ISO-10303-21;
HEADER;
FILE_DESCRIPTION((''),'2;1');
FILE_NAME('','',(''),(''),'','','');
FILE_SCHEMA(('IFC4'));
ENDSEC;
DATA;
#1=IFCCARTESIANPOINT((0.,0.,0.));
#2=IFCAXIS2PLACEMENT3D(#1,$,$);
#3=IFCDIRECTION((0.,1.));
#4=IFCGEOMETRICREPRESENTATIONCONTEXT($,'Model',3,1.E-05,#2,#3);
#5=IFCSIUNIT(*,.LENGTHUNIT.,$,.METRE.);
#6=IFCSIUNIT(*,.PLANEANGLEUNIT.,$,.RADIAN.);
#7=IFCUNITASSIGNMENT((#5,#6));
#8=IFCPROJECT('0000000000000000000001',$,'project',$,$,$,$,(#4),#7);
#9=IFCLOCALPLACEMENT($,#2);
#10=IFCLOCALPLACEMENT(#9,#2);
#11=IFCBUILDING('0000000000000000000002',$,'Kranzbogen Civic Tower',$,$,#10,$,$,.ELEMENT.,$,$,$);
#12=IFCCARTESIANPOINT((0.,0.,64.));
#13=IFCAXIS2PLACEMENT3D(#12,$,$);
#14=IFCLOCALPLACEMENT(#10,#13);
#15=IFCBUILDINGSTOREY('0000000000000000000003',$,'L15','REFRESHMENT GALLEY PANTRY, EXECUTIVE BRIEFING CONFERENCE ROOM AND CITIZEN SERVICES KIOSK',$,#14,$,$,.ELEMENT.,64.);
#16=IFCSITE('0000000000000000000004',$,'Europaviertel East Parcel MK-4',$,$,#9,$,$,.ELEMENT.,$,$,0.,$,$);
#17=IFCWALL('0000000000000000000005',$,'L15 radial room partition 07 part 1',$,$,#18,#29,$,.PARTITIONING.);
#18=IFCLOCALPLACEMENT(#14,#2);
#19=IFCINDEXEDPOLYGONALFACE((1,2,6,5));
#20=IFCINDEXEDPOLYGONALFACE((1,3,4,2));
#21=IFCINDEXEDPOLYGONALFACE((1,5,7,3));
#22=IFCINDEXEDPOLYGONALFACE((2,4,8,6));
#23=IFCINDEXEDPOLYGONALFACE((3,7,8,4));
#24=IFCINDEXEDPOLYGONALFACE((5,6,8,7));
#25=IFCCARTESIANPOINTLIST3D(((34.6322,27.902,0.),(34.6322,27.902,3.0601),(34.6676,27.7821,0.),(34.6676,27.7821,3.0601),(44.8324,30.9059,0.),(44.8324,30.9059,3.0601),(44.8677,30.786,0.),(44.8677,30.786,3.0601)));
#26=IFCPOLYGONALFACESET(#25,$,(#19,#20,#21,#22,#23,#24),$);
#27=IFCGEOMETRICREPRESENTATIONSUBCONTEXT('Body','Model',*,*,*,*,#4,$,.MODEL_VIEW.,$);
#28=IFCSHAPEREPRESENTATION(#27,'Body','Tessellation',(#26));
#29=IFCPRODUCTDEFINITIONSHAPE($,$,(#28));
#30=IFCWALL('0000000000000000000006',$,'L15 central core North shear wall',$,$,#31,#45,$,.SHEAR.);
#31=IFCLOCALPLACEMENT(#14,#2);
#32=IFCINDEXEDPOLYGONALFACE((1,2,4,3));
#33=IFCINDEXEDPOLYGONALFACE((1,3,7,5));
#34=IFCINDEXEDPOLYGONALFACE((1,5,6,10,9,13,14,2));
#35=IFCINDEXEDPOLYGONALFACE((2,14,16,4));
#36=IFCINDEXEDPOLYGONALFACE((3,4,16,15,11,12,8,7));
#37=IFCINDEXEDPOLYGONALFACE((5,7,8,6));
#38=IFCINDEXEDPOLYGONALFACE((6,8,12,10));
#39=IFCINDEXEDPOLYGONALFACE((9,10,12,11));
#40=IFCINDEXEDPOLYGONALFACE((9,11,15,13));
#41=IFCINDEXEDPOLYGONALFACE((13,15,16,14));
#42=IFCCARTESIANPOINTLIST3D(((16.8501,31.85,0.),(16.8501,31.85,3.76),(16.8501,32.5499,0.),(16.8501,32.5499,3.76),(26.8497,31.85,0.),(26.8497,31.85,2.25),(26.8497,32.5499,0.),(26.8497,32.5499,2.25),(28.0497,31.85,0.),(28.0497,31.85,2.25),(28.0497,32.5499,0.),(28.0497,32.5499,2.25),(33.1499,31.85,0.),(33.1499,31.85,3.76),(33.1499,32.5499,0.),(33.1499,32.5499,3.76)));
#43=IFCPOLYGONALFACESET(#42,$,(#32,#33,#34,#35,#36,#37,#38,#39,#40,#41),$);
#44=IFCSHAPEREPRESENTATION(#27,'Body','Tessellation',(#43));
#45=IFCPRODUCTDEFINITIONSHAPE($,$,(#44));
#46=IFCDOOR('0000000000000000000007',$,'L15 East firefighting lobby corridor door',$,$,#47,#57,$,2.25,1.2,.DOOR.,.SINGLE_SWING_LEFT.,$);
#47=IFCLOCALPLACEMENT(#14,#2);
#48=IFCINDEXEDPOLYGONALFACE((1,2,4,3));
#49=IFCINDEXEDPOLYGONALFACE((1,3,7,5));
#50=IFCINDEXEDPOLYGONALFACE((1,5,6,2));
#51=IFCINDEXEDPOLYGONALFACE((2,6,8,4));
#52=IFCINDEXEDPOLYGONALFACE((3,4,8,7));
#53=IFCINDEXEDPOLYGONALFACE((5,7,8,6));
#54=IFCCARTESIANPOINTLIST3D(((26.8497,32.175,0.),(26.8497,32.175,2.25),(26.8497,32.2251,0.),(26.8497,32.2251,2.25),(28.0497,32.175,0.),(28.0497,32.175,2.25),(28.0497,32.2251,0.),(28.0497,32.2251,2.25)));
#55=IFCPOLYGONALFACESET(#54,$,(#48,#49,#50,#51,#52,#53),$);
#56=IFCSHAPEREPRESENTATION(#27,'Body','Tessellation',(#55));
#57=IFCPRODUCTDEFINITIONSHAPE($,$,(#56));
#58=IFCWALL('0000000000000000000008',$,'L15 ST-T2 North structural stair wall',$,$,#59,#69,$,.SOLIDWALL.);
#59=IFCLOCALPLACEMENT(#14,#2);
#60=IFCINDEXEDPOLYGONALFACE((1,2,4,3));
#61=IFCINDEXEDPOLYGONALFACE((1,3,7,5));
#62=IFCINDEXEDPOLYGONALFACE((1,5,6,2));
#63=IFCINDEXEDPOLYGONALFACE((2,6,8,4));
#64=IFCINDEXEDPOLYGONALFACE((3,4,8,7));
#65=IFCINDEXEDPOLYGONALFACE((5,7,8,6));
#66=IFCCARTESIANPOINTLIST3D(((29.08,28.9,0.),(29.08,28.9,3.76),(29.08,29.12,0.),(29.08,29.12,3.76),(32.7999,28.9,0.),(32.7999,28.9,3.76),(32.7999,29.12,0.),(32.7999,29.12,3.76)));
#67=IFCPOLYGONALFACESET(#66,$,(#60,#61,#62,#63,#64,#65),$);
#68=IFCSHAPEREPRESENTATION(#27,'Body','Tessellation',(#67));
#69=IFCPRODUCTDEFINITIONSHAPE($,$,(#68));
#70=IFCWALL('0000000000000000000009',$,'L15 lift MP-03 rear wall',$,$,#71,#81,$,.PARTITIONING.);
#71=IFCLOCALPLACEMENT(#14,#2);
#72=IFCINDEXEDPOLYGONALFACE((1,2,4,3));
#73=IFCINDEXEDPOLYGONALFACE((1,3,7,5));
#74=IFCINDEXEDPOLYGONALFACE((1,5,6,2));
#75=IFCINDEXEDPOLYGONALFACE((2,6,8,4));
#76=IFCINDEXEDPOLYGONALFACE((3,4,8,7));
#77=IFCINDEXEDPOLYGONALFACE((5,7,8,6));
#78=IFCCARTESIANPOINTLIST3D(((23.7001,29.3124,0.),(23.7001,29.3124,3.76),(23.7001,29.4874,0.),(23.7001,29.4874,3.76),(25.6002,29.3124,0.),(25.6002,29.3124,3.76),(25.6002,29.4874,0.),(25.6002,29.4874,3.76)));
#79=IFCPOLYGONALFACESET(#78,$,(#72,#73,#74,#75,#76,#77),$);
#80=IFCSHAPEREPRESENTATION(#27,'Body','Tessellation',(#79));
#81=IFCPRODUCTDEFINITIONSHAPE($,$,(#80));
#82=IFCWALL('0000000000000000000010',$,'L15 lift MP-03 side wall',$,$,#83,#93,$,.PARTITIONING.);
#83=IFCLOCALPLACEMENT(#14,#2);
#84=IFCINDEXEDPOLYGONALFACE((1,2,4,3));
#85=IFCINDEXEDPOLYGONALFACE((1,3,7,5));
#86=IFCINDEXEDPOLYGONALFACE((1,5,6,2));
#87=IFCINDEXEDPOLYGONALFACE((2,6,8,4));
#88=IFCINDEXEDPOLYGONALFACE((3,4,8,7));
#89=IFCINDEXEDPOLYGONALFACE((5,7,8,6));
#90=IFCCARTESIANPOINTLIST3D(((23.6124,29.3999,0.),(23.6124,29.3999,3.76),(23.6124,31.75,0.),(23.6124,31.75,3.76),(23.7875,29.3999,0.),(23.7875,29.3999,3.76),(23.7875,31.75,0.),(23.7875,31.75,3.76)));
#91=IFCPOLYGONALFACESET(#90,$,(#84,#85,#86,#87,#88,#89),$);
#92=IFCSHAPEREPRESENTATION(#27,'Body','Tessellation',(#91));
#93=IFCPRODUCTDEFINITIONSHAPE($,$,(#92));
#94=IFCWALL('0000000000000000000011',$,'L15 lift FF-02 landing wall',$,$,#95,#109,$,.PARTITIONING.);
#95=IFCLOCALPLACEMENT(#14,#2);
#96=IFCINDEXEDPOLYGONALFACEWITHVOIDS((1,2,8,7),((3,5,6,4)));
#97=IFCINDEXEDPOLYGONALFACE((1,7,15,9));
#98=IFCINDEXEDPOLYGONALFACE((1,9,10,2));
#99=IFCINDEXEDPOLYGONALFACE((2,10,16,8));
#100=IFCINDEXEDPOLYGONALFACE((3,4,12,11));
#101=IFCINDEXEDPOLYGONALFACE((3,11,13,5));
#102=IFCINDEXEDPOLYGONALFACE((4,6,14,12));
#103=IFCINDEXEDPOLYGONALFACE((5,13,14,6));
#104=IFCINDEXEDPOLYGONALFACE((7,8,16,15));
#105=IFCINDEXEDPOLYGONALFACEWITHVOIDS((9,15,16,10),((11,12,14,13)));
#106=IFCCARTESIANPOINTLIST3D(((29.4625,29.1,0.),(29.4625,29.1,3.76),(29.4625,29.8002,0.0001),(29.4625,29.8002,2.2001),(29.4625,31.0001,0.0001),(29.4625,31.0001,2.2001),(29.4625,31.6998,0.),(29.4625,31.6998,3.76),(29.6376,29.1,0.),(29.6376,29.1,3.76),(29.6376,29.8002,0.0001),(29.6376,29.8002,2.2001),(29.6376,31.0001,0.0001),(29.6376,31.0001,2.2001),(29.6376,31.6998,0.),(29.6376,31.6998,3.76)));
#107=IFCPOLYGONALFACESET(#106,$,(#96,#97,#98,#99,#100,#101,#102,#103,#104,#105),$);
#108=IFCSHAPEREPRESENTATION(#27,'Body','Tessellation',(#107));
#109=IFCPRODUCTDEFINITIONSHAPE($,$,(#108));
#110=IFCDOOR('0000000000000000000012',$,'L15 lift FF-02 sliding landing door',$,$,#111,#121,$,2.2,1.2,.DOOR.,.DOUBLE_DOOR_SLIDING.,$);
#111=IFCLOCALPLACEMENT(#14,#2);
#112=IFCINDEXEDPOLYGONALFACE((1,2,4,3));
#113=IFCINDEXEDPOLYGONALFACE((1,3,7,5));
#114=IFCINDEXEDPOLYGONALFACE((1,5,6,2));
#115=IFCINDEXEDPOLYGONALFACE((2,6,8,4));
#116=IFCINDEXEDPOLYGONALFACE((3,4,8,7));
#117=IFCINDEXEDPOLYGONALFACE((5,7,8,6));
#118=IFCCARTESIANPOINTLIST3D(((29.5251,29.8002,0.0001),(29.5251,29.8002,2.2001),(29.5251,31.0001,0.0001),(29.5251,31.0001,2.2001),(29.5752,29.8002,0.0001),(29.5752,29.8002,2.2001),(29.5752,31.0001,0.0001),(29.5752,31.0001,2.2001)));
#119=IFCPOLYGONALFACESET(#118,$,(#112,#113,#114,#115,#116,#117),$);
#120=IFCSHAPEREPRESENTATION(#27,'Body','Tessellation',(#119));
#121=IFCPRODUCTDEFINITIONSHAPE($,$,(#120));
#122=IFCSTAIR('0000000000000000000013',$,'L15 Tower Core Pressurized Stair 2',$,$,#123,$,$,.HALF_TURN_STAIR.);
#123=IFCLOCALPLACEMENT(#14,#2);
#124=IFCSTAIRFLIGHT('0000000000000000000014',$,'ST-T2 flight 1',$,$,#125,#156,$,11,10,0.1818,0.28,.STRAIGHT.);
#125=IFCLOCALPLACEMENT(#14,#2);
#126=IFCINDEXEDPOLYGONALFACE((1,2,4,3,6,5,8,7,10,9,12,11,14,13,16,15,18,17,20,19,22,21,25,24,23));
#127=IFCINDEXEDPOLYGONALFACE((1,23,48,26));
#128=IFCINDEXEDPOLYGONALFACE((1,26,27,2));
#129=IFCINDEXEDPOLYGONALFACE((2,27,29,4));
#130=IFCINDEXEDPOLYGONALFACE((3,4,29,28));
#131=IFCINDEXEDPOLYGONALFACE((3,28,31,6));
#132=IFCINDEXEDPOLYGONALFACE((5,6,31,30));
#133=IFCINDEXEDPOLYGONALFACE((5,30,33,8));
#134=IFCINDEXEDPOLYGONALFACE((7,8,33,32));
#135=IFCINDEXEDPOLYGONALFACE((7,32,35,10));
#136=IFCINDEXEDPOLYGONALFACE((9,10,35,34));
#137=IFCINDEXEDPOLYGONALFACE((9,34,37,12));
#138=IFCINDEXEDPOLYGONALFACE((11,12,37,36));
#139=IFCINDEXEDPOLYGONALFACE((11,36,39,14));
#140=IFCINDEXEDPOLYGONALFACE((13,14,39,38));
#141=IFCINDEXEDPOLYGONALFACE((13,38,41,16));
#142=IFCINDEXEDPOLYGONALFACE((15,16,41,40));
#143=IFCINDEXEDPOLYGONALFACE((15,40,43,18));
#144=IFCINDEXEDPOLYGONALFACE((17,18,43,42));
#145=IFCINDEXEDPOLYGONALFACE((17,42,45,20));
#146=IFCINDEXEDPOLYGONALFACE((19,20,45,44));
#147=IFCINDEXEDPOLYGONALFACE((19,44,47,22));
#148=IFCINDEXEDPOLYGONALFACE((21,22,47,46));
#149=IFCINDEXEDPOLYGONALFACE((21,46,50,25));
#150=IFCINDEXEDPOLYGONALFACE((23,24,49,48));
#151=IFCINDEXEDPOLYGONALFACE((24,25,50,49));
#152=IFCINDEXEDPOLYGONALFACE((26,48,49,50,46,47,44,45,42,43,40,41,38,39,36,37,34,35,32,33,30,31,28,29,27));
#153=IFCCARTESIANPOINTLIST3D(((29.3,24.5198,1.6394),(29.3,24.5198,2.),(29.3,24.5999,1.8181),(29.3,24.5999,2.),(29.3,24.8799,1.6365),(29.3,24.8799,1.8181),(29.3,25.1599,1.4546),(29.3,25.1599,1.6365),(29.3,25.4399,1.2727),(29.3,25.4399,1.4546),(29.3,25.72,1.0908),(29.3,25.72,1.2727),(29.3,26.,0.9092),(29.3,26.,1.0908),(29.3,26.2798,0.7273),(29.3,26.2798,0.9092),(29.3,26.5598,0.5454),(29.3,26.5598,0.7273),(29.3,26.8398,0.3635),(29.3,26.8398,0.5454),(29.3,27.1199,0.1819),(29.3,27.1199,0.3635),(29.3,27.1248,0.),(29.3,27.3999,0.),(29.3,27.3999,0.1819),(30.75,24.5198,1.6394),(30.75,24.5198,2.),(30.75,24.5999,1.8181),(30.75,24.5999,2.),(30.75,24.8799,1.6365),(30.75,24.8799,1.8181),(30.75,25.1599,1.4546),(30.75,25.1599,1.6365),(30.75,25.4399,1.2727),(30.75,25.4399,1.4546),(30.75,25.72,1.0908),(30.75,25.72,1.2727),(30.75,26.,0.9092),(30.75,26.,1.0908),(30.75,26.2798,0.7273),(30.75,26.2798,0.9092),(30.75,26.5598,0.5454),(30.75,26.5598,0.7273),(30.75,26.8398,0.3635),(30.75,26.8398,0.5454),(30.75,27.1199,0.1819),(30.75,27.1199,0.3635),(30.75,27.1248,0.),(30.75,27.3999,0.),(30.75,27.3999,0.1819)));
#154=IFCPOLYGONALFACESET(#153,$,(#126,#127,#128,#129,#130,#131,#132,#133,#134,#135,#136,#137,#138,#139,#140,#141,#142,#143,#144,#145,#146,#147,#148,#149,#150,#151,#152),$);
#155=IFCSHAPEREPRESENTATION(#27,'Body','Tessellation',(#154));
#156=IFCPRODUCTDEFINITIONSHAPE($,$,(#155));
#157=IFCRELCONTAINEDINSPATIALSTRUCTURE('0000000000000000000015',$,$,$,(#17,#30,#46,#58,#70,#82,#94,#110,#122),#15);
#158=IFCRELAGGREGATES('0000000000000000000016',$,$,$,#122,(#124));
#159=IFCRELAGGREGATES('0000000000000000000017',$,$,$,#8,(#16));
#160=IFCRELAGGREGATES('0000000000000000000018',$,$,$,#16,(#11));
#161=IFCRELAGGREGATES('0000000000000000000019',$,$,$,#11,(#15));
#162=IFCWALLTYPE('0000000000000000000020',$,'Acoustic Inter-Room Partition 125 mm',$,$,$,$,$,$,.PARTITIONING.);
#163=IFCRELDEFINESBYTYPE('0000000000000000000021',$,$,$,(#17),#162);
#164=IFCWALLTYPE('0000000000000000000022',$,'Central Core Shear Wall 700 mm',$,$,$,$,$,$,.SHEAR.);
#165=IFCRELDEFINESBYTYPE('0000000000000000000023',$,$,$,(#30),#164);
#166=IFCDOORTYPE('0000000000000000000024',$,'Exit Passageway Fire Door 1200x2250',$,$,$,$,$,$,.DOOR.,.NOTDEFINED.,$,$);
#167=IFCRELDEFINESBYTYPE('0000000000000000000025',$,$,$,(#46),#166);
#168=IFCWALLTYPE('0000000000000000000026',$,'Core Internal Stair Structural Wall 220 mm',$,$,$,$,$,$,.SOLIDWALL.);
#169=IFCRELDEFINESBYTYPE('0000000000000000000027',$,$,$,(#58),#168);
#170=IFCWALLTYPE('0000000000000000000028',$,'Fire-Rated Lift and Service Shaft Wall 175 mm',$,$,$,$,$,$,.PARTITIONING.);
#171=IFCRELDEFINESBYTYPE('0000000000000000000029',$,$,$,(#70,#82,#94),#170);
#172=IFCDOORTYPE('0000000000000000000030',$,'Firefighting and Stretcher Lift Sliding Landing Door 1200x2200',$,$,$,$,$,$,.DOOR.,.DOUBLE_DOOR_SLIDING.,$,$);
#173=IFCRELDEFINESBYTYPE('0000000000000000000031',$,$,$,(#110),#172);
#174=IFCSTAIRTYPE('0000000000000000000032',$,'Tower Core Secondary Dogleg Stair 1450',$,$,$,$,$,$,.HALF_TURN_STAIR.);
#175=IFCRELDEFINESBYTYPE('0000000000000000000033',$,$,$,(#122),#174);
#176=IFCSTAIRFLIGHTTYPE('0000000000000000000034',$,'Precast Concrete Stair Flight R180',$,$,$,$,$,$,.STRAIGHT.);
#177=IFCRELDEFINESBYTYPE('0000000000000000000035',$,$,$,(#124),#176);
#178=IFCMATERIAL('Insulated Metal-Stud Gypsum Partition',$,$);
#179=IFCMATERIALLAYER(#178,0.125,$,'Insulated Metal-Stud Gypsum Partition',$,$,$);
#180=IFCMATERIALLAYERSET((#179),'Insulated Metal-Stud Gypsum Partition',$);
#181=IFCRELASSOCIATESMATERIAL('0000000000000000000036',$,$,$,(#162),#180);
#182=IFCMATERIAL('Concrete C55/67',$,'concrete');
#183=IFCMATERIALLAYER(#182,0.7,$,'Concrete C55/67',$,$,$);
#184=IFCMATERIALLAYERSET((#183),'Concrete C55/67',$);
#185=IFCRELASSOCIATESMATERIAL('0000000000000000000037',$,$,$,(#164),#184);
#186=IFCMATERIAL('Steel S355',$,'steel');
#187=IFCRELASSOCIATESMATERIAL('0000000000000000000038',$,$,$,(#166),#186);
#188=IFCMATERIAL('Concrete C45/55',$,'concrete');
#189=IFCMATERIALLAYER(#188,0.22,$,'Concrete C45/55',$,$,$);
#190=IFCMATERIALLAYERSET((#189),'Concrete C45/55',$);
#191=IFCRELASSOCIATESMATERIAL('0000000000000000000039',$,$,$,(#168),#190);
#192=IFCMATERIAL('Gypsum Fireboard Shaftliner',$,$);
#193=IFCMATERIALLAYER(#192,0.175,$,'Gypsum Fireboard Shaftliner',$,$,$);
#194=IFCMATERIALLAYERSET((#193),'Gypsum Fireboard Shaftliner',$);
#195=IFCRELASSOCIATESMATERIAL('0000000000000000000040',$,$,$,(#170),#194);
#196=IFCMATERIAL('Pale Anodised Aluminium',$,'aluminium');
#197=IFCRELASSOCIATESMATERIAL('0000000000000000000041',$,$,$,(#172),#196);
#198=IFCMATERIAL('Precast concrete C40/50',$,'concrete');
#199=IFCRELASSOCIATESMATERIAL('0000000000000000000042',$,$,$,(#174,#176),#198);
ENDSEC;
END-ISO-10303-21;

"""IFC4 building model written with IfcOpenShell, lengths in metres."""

from ifc_helpers import new_model, si_unit, direction, frame, frame_2d, origin, place, context, subcontext, project, spatial, polyline, rectangle, outline, extrude, material, layer, layer_set, type_object, element, fill, aggregate, save


model = new_model("IFC4")

# Units and contexts
model_context = context("Model", 3, precision=1e-05, world=origin(), true_north=direction((0.0, 1.0)))
body_context = subcontext(model_context, "Body", "Model", "MODEL_VIEW")
ifc_project = project(units=[si_unit("LENGTHUNIT", "METRE"), si_unit("PLANEANGLEUNIT", "RADIAN")], contexts=[model_context])

# Site, building, storey
site_placement = place(None, origin())
site = spatial("IfcSite", under=ifc_project, at=site_placement, Name="Europaviertel East Parcel MK-4", CompositionType="ELEMENT", RefElevation=0.0)
building_placement = place(site_placement, origin())
building = spatial("IfcBuilding", under=site, at=building_placement, Name="Kranzbogen Civic Tower", CompositionType="ELEMENT")
storey_placement = place(building_placement, frame((0.0, 0.0, 64.0)))
storey = spatial("IfcBuildingStorey", under=building, at=storey_placement, Name="L15", Description="REFRESHMENT GALLEY PANTRY, EXECUTIVE BRIEFING CONFERENCE ROOM AND CITIZEN SERVICES KIOSK", CompositionType="ELEMENT", Elevation=64.0)

# Shared definitions
ifc_material_1 = material(Name="Steel S355", Category="steel")

# Wall
ifc_material_2 = material(Name="Insulated Metal-Stud Gypsum Partition")
ifc_layer_1 = layer(ifc_material_2, 0.125, Name="Insulated Metal-Stud Gypsum Partition")
ifc_layer_set_1 = layer_set([ifc_layer_1], Name="Insulated Metal-Stud Gypsum Partition")
wall_type_1 = type_object("IfcWallType", Name="Acoustic Inter-Room Partition 125 mm", PredefinedType="PARTITIONING", material=ifc_layer_set_1)
wall_1_placement = place(storey_placement, frame((34.6499, 27.842, 0.0), z_axis=(0.0, 0.0, 1.0), x_axis=(0.959267, 0.282499, 0.0)))
element("IfcWall", 1, at=wall_1_placement, inside=storey, type_object=wall_type_1, Name="L15 radial room partition 07 part 1", PredefinedType="PARTITIONING", context=body_context, shape_type="SweptSolid", body=[
    extrude(rectangle(XDim=10.6333, YDim=0.125, at=frame_2d((5.3167, 0.0))), origin(), (0.0, 0.0, 1.0), 3.0601),
])

# Wall, opening, door
ifc_material_3 = material(Name="Concrete C55/67", Category="concrete")
ifc_layer_2 = layer(ifc_material_3, 0.7, Name="Concrete C55/67")
ifc_layer_set_2 = layer_set([ifc_layer_2], Name="Concrete C55/67")
wall_type_2 = type_object("IfcWallType", Name="Central Core Shear Wall 700 mm", PredefinedType="SHEAR", material=ifc_layer_set_2)
wall_2_placement = place(storey_placement, frame((33.1499, 32.2, 0.0), z_axis=(0.0, 0.0, 1.0), x_axis=(-1.0, 0.0, 0.0)))
wall_2 = element("IfcWall", 2, at=wall_2_placement, inside=storey, type_object=wall_type_2, Name="L15 central core North shear wall", PredefinedType="SHEAR", context=body_context, shape_type="SweptSolid", body=[
    extrude(rectangle(XDim=16.2998, YDim=0.7, at=frame_2d((8.1499, 0.0))), origin(), (0.0, 0.0, 1.0), 3.76),
])
opening_1_placement = place(wall_2_placement, frame((5.1001, 0.0, 0.0)))
opening_1 = element("IfcOpeningElement", 3, at=opening_1_placement, cuts=wall_2, PredefinedType="OPENING", context=body_context, shape_type="SweptSolid", body=[
    extrude(rectangle(XDim=1.2, YDim=2.25, at=frame_2d((0.6001, 1.125))), frame((0.0, 0.3599, 0.0), z_axis=(0.0, -1.0, 0.0), x_axis=(1.0, 0.0, 0.0)), (0.0, 0.0, 1.0), 0.72),
])
door_type_1 = type_object("IfcDoorType", Name="Exit Passageway Fire Door 1200x2250", OperationType="NOTDEFINED", PredefinedType="DOOR", material=ifc_material_1)
door_1_placement = place(opening_1_placement, origin())
door_1 = element("IfcDoor", 4, at=door_1_placement, inside=storey, type_object=door_type_1, Name="L15 East firefighting lobby corridor door", OperationType="SINGLE_SWING_LEFT", OverallHeight=2.25, OverallWidth=1.2, PredefinedType="DOOR", context=body_context, shape_type="SweptSolid", body=[
    extrude(rectangle(XDim=1.2, YDim=2.25, at=frame_2d((0.6001, 1.125))), frame((0.0, 0.0249, 0.0), z_axis=(0.0, -1.0, 0.0), x_axis=(1.0, 0.0, 0.0)), (0.0, 0.0, 1.0), 0.05),
])
fill(opening_1, door_1)

# Walls
ifc_material_4 = material(Name="Concrete C45/55", Category="concrete")
ifc_layer_3 = layer(ifc_material_4, 0.22, Name="Concrete C45/55")
ifc_layer_set_3 = layer_set([ifc_layer_3], Name="Concrete C45/55")
wall_type_3 = type_object("IfcWallType", Name="Core Internal Stair Structural Wall 220 mm", PredefinedType="SOLIDWALL", material=ifc_layer_set_3)
wall_3_placement = place(storey_placement, frame((29.0801, 29.01, 0.0), z_axis=(0.0, 0.0, 1.0), x_axis=(1.0, 0.0, 0.0)))
element("IfcWall", 5, at=wall_3_placement, inside=storey, type_object=wall_type_3, Name="L15 ST-T2 North structural stair wall", PredefinedType="SOLIDWALL", context=body_context, shape_type="SweptSolid", body=[
    extrude(rectangle(XDim=3.72, YDim=0.22, at=frame_2d((1.8599, 0.0))), origin(), (0.0, 0.0, 1.0), 3.76),
])
ifc_material_5 = material(Name="Gypsum Fireboard Shaftliner")
ifc_layer_4 = layer(ifc_material_5, 0.175, Name="Gypsum Fireboard Shaftliner")
ifc_layer_set_4 = layer_set([ifc_layer_4], Name="Gypsum Fireboard Shaftliner")
wall_type_4 = type_object("IfcWallType", Name="Fire-Rated Lift and Service Shaft Wall 175 mm", PredefinedType="PARTITIONING", material=ifc_layer_set_4)
wall_4_placement = place(storey_placement, frame((23.7, 29.3999, 0.0), z_axis=(0.0, 0.0, 1.0), x_axis=(1.0, 0.0, 0.0)))
element("IfcWall", 6, at=wall_4_placement, inside=storey, type_object=wall_type_4, Name="L15 lift MP-03 rear wall", PredefinedType="PARTITIONING", context=body_context, shape_type="SweptSolid", body=[
    extrude(rectangle(XDim=1.9001, YDim=0.175, at=frame_2d((0.9502, 0.0))), origin(), (0.0, 0.0, 1.0), 3.76),
])
wall_5_placement = place(storey_placement, frame((23.7, 29.3999, 0.0), z_axis=(0.0, 0.0, 1.0), x_axis=(0.0, 1.0, 0.0)))
element("IfcWall", 7, at=wall_5_placement, inside=storey, type_object=wall_type_4, Name="L15 lift MP-03 side wall", PredefinedType="PARTITIONING", context=body_context, shape_type="SweptSolid", body=[
    extrude(rectangle(XDim=2.3501, YDim=0.175, at=frame_2d((1.175, 0.0))), origin(), (0.0, 0.0, 1.0), 3.76),
])

# Wall, opening, door
wall_6_placement = place(storey_placement, frame((29.55, 29.1001, 0.0), z_axis=(0.0, 0.0, 1.0), x_axis=(0.0, 1.0, 0.0)))
wall_6 = element("IfcWall", 8, at=wall_6_placement, inside=storey, type_object=wall_type_4, Name="L15 lift FF-02 landing wall", PredefinedType="PARTITIONING", context=body_context, shape_type="SweptSolid", body=[
    extrude(rectangle(XDim=2.5999, YDim=0.175, at=frame_2d((1.2998, 0.0))), origin(), (0.0, 0.0, 1.0), 3.76),
])
opening_2_placement = place(wall_6_placement, frame((0.7, 0.0, 0.0)))
opening_2 = element("IfcOpeningElement", 9, at=opening_2_placement, cuts=wall_6, PredefinedType="OPENING", context=body_context, shape_type="SweptSolid", body=[
    extrude(rectangle(XDim=1.2, YDim=2.2, at=frame_2d((0.6001, 1.1001))), frame((0.0, 0.0977, 0.0), z_axis=(0.0, -1.0, 0.0), x_axis=(1.0, 0.0, 0.0)), (0.0, 0.0, 1.0), 0.1951),
])
ifc_material_6 = material(Name="Pale Anodised Aluminium", Category="aluminium")
door_type_2 = type_object("IfcDoorType", Name="Firefighting and Stretcher Lift Sliding Landing Door 1200x2200", OperationType="DOUBLE_DOOR_SLIDING", PredefinedType="DOOR", material=ifc_material_6)
door_2_placement = place(opening_2_placement, origin())
door_2 = element("IfcDoor", 10, at=door_2_placement, inside=storey, type_object=door_type_2, Name="L15 lift FF-02 sliding landing door", OperationType="DOUBLE_DOOR_SLIDING", OverallHeight=2.2, OverallWidth=1.2, PredefinedType="DOOR", context=body_context, shape_type="SweptSolid", body=[
    extrude(rectangle(XDim=1.2, YDim=2.2, at=frame_2d((0.6001, 1.1001))), frame((0.0, 0.0249, 0.0), z_axis=(0.0, -1.0, 0.0), x_axis=(1.0, 0.0, 0.0)), (0.0, 0.0, 1.0), 0.05),
])
fill(opening_2, door_2)

# Stair, stair flight
ifc_material_7 = material(Name="Precast concrete C40/50", Category="concrete")
stair_type = type_object("IfcStairType", Name="Tower Core Secondary Dogleg Stair 1450", PredefinedType="HALF_TURN_STAIR", material=ifc_material_7)
stair_placement = place(storey_placement, origin())
stair = element("IfcStair", 11, at=stair_placement, inside=storey, type_object=stair_type, Name="L15 Tower Core Pressurized Stair 2", PredefinedType="HALF_TURN_STAIR")
stair_flight_type = type_object("IfcStairFlightType", Name="Precast Concrete Stair Flight R180", PredefinedType="STRAIGHT", material=ifc_material_7)
stair_flight_placement = place(storey_placement, frame((30.0249, 27.3999, 0.0), z_axis=(0.0, 0.0, 1.0), x_axis=(0.0, -1.0, 0.0)))
stair_flight = element("IfcStairFlight", 12, at=stair_flight_placement, type_object=stair_flight_type, Name="ST-T2 flight 1", NumberOfRisers=11, NumberOfTreads=10, PredefinedType="STRAIGHT", RiserHeight=0.1818, TreadLength=0.28, context=body_context, shape_type="SweptSolid", body=[
    extrude(outline(polyline([(0.0, 0.0), (0.0, 0.1819), (0.28, 0.1819), (0.28, 0.3635), (0.5601, 0.3635), (0.5601, 0.5454), (0.8401, 0.5454), (0.8401, 0.7273), (1.1201, 0.7273), (1.1201, 0.9092), (1.3999, 0.9092), (1.3999, 1.0908), (1.6799, 1.0908), (1.6799, 1.2727), (1.96, 1.2727), (1.96, 1.4546), (2.24, 1.4546), (2.24, 1.6365), (2.52, 1.6365), (2.52, 1.8181), (2.8, 1.8181), (2.8, 2.0), (2.8801, 2.0), (2.8801, 1.6394), (0.2751, 0.0), (0.0, 0.0)])), frame((0.0, 0.7251, 0.0), z_axis=(0.0, -1.0, 0.0), x_axis=(1.0, 0.0, 0.0)), (0.0, 0.0, 1.0), 1.45),
])
aggregate(stair, [stair_flight])

save(model, "model.ifc")
